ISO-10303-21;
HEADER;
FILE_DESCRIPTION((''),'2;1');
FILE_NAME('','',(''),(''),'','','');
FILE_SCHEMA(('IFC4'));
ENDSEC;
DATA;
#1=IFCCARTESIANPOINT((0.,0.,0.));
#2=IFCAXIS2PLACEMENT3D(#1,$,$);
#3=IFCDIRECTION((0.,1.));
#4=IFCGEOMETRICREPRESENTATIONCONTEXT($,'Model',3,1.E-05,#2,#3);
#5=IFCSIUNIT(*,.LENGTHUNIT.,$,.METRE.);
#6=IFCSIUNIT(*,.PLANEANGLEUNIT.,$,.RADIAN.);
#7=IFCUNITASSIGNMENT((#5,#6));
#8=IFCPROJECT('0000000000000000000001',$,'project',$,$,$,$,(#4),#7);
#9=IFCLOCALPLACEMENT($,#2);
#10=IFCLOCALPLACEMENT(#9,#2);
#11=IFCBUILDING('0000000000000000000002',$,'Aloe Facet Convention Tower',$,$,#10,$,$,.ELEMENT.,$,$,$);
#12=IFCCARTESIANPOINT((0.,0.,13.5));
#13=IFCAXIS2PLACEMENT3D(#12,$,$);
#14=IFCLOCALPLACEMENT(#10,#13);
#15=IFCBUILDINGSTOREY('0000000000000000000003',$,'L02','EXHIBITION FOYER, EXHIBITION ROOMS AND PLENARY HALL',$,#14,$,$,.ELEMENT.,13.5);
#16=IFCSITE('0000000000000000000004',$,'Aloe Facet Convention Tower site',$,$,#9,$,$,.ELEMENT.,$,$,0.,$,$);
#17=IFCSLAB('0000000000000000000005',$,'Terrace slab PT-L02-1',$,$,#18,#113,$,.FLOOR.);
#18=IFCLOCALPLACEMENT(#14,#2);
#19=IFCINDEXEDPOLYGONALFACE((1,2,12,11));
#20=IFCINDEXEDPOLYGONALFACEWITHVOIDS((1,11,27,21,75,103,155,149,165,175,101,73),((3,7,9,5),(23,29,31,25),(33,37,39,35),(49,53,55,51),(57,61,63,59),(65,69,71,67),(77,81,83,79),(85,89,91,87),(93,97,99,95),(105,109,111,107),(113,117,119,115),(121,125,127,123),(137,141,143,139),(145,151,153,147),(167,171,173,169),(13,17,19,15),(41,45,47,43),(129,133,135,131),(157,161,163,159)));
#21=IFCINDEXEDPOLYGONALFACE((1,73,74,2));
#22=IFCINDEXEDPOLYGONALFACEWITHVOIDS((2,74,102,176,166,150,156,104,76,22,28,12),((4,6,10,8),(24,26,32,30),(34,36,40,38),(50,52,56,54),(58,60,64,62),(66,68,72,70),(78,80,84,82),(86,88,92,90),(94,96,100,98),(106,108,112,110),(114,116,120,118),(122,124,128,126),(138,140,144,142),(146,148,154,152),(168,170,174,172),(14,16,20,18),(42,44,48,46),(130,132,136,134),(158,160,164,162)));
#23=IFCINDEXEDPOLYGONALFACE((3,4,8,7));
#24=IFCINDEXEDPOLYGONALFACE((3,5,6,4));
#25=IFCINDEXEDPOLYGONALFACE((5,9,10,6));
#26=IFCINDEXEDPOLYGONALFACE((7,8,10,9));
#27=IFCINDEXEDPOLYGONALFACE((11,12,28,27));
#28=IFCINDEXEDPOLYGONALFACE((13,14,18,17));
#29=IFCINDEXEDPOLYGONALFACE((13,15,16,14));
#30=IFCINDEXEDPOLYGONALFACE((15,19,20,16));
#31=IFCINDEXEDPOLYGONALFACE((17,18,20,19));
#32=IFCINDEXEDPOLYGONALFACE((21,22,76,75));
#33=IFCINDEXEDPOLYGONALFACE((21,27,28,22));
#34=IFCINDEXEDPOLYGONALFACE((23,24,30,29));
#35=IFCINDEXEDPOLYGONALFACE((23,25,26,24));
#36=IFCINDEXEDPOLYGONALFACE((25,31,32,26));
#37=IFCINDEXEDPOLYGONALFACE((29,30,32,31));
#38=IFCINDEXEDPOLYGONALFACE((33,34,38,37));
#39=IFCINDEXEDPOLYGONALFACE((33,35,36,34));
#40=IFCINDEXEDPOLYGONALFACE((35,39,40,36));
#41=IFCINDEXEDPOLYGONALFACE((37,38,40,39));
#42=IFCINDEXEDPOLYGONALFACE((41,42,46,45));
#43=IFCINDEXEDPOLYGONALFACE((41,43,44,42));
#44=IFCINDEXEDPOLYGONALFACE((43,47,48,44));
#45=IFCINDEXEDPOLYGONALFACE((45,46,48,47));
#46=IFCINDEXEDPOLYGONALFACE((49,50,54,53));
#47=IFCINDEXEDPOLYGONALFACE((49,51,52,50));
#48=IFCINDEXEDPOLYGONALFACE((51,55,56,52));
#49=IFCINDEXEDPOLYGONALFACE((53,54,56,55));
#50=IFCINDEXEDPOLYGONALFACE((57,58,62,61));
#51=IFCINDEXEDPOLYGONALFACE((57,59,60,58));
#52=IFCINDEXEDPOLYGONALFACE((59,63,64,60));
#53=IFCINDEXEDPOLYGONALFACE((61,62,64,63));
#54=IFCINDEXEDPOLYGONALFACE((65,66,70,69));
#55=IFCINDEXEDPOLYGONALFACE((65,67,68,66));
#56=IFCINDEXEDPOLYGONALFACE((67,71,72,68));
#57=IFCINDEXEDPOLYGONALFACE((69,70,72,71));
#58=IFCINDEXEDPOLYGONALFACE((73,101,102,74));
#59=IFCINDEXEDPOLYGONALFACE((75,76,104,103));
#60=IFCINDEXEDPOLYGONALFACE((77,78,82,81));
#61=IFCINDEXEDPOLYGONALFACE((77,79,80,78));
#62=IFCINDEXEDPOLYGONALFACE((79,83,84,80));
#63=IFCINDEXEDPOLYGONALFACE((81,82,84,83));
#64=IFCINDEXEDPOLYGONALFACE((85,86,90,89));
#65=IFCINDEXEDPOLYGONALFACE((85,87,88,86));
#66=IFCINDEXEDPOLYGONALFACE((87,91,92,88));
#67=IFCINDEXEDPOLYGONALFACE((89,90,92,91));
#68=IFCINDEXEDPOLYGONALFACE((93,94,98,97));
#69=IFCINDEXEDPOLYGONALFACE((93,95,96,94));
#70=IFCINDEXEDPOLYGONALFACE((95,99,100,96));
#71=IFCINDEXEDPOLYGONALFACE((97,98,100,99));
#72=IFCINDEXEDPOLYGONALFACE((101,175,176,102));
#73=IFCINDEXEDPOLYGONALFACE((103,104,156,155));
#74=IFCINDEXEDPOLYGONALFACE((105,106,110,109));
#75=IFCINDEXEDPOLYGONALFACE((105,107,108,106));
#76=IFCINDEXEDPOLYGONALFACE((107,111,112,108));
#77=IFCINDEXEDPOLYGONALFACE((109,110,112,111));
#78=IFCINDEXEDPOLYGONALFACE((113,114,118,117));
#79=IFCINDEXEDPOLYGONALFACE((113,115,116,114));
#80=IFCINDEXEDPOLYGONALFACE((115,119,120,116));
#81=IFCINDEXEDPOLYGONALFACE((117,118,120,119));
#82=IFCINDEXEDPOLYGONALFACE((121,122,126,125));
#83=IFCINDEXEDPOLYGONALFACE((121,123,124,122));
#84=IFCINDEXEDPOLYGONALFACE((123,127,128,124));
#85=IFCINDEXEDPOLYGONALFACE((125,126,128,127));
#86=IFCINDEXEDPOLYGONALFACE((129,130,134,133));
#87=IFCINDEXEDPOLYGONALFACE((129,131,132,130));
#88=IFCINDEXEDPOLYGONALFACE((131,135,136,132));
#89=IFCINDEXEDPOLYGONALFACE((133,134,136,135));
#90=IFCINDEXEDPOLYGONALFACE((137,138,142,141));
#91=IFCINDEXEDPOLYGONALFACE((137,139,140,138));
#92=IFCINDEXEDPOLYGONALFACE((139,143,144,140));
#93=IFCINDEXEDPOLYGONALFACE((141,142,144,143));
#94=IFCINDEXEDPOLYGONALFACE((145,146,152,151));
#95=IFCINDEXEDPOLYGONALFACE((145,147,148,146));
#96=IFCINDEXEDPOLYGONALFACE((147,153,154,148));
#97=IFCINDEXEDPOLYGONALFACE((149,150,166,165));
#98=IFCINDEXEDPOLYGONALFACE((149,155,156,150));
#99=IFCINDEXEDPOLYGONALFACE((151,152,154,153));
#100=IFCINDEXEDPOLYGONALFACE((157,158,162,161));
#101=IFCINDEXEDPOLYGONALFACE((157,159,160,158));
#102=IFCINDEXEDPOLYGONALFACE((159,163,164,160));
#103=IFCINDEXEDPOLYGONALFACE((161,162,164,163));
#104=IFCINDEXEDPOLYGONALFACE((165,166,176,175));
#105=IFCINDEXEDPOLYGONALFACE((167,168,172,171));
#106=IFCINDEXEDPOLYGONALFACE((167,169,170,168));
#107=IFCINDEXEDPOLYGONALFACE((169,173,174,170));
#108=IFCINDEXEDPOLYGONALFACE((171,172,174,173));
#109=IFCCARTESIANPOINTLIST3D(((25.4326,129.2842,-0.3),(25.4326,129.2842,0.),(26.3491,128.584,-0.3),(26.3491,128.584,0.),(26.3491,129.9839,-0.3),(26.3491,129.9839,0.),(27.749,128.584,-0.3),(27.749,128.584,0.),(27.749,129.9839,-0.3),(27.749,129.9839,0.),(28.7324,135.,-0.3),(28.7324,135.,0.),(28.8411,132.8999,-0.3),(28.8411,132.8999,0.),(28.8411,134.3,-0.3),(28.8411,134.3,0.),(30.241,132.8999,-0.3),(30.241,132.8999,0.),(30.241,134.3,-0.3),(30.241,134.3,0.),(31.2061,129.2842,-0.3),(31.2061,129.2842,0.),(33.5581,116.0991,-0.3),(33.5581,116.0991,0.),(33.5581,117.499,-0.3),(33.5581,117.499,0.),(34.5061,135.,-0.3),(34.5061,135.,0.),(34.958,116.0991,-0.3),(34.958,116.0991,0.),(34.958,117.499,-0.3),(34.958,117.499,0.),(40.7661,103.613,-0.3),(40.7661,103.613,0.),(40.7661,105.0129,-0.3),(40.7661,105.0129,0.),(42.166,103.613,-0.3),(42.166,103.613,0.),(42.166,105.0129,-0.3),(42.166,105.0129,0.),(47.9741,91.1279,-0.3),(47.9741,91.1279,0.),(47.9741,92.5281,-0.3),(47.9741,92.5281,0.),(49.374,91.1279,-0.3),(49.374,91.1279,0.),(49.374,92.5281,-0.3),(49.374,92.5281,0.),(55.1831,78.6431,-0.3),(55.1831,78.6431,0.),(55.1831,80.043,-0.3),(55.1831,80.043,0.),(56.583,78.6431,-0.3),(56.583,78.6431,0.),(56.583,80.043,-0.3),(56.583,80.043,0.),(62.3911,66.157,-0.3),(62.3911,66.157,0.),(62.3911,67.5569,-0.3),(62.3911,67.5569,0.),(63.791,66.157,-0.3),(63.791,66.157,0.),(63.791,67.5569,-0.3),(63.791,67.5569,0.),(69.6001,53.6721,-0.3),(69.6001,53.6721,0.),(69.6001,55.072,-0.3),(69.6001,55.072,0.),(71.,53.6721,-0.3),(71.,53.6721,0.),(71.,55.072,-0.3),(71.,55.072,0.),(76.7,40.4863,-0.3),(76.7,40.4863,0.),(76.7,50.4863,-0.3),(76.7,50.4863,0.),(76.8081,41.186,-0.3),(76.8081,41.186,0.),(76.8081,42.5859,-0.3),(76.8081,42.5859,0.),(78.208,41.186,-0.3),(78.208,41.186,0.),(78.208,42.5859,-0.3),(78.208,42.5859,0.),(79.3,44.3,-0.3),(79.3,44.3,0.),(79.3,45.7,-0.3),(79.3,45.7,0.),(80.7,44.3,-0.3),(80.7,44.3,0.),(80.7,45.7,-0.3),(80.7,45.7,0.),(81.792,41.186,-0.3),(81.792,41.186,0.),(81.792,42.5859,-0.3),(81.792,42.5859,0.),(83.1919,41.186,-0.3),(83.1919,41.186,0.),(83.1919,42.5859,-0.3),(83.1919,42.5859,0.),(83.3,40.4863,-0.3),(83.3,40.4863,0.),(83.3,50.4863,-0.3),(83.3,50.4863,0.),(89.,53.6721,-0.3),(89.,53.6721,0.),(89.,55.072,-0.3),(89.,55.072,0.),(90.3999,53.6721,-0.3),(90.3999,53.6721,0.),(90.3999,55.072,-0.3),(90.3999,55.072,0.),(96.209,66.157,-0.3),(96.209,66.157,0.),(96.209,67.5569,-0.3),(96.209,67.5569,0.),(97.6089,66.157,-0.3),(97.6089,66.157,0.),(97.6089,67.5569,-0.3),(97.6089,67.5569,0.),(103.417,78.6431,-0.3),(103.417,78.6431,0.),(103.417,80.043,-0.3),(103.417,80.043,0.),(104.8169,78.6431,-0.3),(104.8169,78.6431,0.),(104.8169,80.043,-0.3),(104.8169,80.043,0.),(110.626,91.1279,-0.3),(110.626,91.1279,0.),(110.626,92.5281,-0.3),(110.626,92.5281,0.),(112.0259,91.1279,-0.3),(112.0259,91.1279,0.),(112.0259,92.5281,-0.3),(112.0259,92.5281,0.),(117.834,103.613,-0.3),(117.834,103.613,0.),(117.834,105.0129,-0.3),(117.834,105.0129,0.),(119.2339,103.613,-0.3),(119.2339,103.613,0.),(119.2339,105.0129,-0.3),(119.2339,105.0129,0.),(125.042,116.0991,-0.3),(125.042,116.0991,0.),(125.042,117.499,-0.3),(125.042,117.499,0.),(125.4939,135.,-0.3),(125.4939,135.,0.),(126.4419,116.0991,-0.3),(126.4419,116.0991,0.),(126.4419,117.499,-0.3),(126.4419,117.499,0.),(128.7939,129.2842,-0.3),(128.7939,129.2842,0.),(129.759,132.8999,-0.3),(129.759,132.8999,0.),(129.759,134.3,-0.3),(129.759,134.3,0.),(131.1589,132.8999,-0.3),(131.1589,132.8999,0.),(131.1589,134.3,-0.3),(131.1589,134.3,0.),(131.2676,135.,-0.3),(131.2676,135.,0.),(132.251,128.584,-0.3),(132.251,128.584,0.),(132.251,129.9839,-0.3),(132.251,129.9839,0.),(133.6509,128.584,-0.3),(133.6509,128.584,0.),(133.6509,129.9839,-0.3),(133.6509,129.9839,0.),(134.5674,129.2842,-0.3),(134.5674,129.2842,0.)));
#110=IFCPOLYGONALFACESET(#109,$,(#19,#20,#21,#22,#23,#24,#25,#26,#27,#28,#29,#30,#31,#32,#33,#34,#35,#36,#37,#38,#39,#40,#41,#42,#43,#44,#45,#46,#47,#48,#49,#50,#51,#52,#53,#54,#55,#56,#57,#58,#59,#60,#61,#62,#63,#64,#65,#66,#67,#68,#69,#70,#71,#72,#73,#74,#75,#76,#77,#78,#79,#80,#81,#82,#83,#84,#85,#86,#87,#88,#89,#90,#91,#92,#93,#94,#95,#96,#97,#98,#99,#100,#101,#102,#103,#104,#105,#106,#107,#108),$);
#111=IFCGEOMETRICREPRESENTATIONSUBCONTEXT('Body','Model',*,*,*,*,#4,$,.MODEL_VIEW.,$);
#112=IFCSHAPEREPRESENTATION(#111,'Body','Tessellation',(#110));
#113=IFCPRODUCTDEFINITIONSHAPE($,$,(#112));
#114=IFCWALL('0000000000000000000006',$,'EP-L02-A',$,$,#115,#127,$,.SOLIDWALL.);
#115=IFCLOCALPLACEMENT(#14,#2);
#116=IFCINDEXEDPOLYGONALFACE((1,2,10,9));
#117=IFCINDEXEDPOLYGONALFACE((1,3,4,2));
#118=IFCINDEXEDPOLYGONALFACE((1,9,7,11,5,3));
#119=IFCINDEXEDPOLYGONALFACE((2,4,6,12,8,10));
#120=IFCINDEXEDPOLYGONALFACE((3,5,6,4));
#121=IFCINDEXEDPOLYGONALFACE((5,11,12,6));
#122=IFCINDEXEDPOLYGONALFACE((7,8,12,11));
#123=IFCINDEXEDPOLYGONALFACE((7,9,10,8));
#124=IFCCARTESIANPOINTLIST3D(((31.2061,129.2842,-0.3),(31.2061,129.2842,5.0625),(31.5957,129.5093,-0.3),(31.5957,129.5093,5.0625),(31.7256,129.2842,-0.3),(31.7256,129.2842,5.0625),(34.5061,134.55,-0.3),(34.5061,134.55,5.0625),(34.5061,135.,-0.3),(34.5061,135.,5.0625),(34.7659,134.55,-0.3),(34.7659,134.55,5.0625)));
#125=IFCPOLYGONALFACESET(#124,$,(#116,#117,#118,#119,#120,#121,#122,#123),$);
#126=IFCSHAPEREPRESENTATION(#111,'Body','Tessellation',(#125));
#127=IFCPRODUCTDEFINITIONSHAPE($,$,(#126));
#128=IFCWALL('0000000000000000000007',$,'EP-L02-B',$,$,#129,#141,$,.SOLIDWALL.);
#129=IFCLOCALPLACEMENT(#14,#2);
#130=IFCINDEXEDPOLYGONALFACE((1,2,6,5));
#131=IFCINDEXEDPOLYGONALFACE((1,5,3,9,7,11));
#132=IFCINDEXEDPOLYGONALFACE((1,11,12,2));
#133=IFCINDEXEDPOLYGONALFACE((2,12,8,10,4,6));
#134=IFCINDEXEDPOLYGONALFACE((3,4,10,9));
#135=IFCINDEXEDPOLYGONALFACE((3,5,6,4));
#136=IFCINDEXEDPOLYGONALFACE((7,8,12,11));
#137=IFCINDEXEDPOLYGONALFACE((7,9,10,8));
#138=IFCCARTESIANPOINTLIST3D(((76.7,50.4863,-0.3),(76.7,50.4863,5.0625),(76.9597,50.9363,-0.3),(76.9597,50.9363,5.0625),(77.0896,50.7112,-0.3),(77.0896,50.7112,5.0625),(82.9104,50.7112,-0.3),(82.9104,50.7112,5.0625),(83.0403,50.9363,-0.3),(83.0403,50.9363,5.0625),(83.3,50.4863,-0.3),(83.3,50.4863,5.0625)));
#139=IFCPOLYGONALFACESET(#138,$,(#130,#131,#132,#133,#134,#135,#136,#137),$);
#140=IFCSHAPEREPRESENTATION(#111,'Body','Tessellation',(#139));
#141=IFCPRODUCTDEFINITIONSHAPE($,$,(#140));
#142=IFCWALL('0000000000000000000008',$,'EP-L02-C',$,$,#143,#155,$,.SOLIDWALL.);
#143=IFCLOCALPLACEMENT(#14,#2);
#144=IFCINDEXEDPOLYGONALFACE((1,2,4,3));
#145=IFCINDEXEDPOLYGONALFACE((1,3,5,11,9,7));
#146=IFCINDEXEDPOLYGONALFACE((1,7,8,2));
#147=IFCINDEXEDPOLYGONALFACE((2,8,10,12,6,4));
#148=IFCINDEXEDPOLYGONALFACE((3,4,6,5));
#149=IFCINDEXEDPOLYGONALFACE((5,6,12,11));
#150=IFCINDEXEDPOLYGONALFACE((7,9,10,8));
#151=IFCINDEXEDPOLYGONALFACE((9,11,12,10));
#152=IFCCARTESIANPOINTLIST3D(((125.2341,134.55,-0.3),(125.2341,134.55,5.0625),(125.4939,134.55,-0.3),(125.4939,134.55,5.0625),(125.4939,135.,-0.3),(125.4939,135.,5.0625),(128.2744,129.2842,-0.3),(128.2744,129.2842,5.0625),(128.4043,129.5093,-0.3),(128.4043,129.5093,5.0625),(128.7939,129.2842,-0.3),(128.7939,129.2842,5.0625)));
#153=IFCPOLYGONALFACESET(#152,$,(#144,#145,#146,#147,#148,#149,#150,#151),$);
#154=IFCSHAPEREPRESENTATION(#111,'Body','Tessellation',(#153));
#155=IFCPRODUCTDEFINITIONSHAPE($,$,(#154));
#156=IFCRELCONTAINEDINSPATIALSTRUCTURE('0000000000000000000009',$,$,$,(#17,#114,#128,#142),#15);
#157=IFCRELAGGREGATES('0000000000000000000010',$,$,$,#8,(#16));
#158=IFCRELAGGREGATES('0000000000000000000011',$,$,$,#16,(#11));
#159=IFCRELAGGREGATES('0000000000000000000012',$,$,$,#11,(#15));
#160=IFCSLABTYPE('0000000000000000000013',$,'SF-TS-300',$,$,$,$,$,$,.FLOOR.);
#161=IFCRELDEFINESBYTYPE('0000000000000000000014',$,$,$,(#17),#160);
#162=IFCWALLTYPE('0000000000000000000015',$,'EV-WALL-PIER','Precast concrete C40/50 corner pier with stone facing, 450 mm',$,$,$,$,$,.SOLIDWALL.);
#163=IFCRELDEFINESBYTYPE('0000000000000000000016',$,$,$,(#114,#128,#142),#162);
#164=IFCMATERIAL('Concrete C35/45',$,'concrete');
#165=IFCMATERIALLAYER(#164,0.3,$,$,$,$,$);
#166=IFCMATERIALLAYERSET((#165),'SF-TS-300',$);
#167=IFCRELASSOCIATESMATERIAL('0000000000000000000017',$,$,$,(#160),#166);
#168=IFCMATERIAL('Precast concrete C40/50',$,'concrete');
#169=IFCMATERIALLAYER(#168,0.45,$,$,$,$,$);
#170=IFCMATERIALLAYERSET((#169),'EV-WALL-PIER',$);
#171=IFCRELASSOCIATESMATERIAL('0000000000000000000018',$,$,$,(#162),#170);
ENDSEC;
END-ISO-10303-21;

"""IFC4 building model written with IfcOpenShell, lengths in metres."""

from ifc_helpers import new_model, si_unit, direction, frame, origin, place, context, subcontext, project, spatial, polyline, outline, extrude, material, layer, layer_set, type_object, element, save


model = new_model("IFC4")

# Units and contexts
model_context = context("Model", 3, precision=1e-05, world=origin(), true_north=direction((0.0, 1.0)))
body_context = subcontext(model_context, "Body", "Model", "MODEL_VIEW")
ifc_project = project(units=[si_unit("LENGTHUNIT", "METRE"), si_unit("PLANEANGLEUNIT", "RADIAN")], contexts=[model_context])

# Site, building, storey
site_placement = place(None, origin())
site = spatial("IfcSite", under=ifc_project, at=site_placement, Name="Aloe Facet Convention Tower site", CompositionType="ELEMENT", RefElevation=0.0)
building_placement = place(site_placement, origin())
building = spatial("IfcBuilding", under=site, at=building_placement, Name="Aloe Facet Convention Tower", CompositionType="ELEMENT")
storey_placement = place(building_placement, frame((0.0, 0.0, 13.5)))
storey = spatial("IfcBuildingStorey", under=building, at=storey_placement, Name="L02", Description="EXHIBITION FOYER, EXHIBITION ROOMS AND PLENARY HALL", CompositionType="ELEMENT", Elevation=13.5)

# Slab
ifc_material_1 = material(Name="Concrete C35/45", Category="concrete")
ifc_layer_1 = layer(ifc_material_1, 0.3)
ifc_layer_set_1 = layer_set([ifc_layer_1], Name="SF-TS-300")
slab_type_1 = type_object("IfcSlabType", Name="SF-TS-300", PredefinedType="FLOOR", material=ifc_layer_set_1)
slab_1_placement = place(storey_placement, frame((0.0, 0.0, -0.3)))
element("IfcSlab", 1, at=slab_1_placement, inside=storey, type_object=slab_type_1, Name="Terrace slab PT-L02-1", PredefinedType="FLOOR", context=body_context, shape_type="SweptSolid", body=[
    extrude(outline(polyline([(134.5674, 129.2842), (83.3, 40.4863), (76.7, 40.4863), (25.4326, 129.2842), (28.7324, 135.0), (34.5061, 135.0), (31.2061, 129.2842), (76.7, 50.4863), (83.3, 50.4863), (128.7939, 129.2842), (125.4939, 135.0), (131.2676, 135.0), (134.5674, 129.2842)]), holes=[polyline([(55.1831, 78.6431), (56.583, 78.6431), (56.583, 80.043), (55.1831, 80.043), (55.1831, 78.6431)]), polyline([(47.9741, 92.5281), (47.9741, 91.1279), (49.374, 91.1279), (49.374, 92.5281), (47.9741, 92.5281)]), polyline([(40.7661, 105.0129), (40.7661, 103.613), (42.166, 103.613), (42.166, 105.0129), (40.7661, 105.0129)]), polyline([(33.5581, 117.499), (33.5581, 116.0991), (34.958, 116.0991), (34.958, 117.499), (33.5581, 117.499)]), polyline([(26.3491, 129.9839), (26.3491, 128.584), (27.749, 128.584), (27.749, 129.9839), (26.3491, 129.9839)]), polyline([(28.8411, 134.3), (28.8411, 132.8999), (30.241, 132.8999), (30.241, 134.3), (28.8411, 134.3)]), polyline([(76.8081, 41.186), (78.208, 41.186), (78.208, 42.5859), (76.8081, 42.5859), (76.8081, 41.186)]), polyline([(79.3, 45.7), (79.3, 44.3), (80.7, 44.3), (80.7, 45.7), (79.3, 45.7)]), polyline([(69.6001, 53.6721), (71.0, 53.6721), (71.0, 55.072), (69.6001, 55.072), (69.6001, 53.6721)]), polyline([(62.3911, 67.5569), (62.3911, 66.157), (63.791, 66.157), (63.791, 67.5569), (62.3911, 67.5569)]), polyline([(81.792, 41.186), (83.1919, 41.186), (83.1919, 42.5859), (81.792, 42.5859), (81.792, 41.186)]), polyline([(89.0, 55.072), (89.0, 53.6721), (90.3999, 53.6721), (90.3999, 55.072), (89.0, 55.072)]), polyline([(96.209, 67.5569), (96.209, 66.157), (97.6089, 66.157), (97.6089, 67.5569), (96.209, 67.5569)]), polyline([(103.417, 78.6431), (104.8169, 78.6431), (104.8169, 80.043), (103.417, 80.043), (103.417, 78.6431)]), polyline([(110.626, 92.5281), (110.626, 91.1279), (112.0259, 91.1279), (112.0259, 92.5281), (110.626, 92.5281)]), polyline([(117.834, 105.0129), (117.834, 103.613), (119.2339, 103.613), (119.2339, 105.0129), (117.834, 105.0129)]), polyline([(125.042, 117.499), (125.042, 116.0991), (126.4419, 116.0991), (126.4419, 117.499), (125.042, 117.499)]), polyline([(132.251, 129.9839), (132.251, 128.584), (133.6509, 128.584), (133.6509, 129.9839), (132.251, 129.9839)]), polyline([(129.759, 134.3), (129.759, 132.8999), (131.1589, 132.8999), (131.1589, 134.3), (129.759, 134.3)])]), origin(), (0.0, 0.0, 1.0), 0.3),
])

# Walls
ifc_material_2 = material(Name="Precast concrete C40/50", Category="concrete")
ifc_layer_2 = layer(ifc_material_2, 0.45)
ifc_layer_set_2 = layer_set([ifc_layer_2], Name="EV-WALL-PIER")
wall_type = type_object("IfcWallType", Name="EV-WALL-PIER", Description="Precast concrete C40/50 corner pier with stone facing, 450 mm", PredefinedType="SOLIDWALL", material=ifc_layer_set_2)
wall_1_placement = place(storey_placement, frame((0.0, 0.0, -0.3)))
element("IfcWall", 2, at=wall_1_placement, inside=storey, type_object=wall_type, Name="EP-L02-A", PredefinedType="SOLIDWALL", context=body_context, shape_type="SweptSolid", body=[
    extrude(outline(polyline([(34.5061, 135.0), (34.5061, 134.55), (34.7659, 134.55), (31.7256, 129.2842), (31.5957, 129.5093), (31.2061, 129.2842), (34.5061, 135.0)])), origin(), (0.0, 0.0, 1.0), 5.3625),
])
wall_2_placement = place(storey_placement, frame((0.0, 0.0, -0.3)))
element("IfcWall", 3, at=wall_2_placement, inside=storey, type_object=wall_type, Name="EP-L02-B", PredefinedType="SOLIDWALL", context=body_context, shape_type="SweptSolid", body=[
    extrude(outline(polyline([(76.7, 50.4863), (77.0896, 50.7112), (76.9597, 50.9363), (83.0403, 50.9363), (82.9104, 50.7112), (83.3, 50.4863), (76.7, 50.4863)])), origin(), (0.0, 0.0, 1.0), 5.3625),
])
wall_3_placement = place(storey_placement, frame((0.0, 0.0, -0.3)))
element("IfcWall", 4, at=wall_3_placement, inside=storey, type_object=wall_type, Name="EP-L02-C", PredefinedType="SOLIDWALL", context=body_context, shape_type="SweptSolid", body=[
    extrude(outline(polyline([(128.7939, 129.2842), (128.4043, 129.5093), (128.2744, 129.2842), (125.2341, 134.55), (125.4939, 134.55), (125.4939, 135.0), (128.7939, 129.2842)])), origin(), (0.0, 0.0, 1.0), 5.3625),
])

save(model, "model.ifc")
